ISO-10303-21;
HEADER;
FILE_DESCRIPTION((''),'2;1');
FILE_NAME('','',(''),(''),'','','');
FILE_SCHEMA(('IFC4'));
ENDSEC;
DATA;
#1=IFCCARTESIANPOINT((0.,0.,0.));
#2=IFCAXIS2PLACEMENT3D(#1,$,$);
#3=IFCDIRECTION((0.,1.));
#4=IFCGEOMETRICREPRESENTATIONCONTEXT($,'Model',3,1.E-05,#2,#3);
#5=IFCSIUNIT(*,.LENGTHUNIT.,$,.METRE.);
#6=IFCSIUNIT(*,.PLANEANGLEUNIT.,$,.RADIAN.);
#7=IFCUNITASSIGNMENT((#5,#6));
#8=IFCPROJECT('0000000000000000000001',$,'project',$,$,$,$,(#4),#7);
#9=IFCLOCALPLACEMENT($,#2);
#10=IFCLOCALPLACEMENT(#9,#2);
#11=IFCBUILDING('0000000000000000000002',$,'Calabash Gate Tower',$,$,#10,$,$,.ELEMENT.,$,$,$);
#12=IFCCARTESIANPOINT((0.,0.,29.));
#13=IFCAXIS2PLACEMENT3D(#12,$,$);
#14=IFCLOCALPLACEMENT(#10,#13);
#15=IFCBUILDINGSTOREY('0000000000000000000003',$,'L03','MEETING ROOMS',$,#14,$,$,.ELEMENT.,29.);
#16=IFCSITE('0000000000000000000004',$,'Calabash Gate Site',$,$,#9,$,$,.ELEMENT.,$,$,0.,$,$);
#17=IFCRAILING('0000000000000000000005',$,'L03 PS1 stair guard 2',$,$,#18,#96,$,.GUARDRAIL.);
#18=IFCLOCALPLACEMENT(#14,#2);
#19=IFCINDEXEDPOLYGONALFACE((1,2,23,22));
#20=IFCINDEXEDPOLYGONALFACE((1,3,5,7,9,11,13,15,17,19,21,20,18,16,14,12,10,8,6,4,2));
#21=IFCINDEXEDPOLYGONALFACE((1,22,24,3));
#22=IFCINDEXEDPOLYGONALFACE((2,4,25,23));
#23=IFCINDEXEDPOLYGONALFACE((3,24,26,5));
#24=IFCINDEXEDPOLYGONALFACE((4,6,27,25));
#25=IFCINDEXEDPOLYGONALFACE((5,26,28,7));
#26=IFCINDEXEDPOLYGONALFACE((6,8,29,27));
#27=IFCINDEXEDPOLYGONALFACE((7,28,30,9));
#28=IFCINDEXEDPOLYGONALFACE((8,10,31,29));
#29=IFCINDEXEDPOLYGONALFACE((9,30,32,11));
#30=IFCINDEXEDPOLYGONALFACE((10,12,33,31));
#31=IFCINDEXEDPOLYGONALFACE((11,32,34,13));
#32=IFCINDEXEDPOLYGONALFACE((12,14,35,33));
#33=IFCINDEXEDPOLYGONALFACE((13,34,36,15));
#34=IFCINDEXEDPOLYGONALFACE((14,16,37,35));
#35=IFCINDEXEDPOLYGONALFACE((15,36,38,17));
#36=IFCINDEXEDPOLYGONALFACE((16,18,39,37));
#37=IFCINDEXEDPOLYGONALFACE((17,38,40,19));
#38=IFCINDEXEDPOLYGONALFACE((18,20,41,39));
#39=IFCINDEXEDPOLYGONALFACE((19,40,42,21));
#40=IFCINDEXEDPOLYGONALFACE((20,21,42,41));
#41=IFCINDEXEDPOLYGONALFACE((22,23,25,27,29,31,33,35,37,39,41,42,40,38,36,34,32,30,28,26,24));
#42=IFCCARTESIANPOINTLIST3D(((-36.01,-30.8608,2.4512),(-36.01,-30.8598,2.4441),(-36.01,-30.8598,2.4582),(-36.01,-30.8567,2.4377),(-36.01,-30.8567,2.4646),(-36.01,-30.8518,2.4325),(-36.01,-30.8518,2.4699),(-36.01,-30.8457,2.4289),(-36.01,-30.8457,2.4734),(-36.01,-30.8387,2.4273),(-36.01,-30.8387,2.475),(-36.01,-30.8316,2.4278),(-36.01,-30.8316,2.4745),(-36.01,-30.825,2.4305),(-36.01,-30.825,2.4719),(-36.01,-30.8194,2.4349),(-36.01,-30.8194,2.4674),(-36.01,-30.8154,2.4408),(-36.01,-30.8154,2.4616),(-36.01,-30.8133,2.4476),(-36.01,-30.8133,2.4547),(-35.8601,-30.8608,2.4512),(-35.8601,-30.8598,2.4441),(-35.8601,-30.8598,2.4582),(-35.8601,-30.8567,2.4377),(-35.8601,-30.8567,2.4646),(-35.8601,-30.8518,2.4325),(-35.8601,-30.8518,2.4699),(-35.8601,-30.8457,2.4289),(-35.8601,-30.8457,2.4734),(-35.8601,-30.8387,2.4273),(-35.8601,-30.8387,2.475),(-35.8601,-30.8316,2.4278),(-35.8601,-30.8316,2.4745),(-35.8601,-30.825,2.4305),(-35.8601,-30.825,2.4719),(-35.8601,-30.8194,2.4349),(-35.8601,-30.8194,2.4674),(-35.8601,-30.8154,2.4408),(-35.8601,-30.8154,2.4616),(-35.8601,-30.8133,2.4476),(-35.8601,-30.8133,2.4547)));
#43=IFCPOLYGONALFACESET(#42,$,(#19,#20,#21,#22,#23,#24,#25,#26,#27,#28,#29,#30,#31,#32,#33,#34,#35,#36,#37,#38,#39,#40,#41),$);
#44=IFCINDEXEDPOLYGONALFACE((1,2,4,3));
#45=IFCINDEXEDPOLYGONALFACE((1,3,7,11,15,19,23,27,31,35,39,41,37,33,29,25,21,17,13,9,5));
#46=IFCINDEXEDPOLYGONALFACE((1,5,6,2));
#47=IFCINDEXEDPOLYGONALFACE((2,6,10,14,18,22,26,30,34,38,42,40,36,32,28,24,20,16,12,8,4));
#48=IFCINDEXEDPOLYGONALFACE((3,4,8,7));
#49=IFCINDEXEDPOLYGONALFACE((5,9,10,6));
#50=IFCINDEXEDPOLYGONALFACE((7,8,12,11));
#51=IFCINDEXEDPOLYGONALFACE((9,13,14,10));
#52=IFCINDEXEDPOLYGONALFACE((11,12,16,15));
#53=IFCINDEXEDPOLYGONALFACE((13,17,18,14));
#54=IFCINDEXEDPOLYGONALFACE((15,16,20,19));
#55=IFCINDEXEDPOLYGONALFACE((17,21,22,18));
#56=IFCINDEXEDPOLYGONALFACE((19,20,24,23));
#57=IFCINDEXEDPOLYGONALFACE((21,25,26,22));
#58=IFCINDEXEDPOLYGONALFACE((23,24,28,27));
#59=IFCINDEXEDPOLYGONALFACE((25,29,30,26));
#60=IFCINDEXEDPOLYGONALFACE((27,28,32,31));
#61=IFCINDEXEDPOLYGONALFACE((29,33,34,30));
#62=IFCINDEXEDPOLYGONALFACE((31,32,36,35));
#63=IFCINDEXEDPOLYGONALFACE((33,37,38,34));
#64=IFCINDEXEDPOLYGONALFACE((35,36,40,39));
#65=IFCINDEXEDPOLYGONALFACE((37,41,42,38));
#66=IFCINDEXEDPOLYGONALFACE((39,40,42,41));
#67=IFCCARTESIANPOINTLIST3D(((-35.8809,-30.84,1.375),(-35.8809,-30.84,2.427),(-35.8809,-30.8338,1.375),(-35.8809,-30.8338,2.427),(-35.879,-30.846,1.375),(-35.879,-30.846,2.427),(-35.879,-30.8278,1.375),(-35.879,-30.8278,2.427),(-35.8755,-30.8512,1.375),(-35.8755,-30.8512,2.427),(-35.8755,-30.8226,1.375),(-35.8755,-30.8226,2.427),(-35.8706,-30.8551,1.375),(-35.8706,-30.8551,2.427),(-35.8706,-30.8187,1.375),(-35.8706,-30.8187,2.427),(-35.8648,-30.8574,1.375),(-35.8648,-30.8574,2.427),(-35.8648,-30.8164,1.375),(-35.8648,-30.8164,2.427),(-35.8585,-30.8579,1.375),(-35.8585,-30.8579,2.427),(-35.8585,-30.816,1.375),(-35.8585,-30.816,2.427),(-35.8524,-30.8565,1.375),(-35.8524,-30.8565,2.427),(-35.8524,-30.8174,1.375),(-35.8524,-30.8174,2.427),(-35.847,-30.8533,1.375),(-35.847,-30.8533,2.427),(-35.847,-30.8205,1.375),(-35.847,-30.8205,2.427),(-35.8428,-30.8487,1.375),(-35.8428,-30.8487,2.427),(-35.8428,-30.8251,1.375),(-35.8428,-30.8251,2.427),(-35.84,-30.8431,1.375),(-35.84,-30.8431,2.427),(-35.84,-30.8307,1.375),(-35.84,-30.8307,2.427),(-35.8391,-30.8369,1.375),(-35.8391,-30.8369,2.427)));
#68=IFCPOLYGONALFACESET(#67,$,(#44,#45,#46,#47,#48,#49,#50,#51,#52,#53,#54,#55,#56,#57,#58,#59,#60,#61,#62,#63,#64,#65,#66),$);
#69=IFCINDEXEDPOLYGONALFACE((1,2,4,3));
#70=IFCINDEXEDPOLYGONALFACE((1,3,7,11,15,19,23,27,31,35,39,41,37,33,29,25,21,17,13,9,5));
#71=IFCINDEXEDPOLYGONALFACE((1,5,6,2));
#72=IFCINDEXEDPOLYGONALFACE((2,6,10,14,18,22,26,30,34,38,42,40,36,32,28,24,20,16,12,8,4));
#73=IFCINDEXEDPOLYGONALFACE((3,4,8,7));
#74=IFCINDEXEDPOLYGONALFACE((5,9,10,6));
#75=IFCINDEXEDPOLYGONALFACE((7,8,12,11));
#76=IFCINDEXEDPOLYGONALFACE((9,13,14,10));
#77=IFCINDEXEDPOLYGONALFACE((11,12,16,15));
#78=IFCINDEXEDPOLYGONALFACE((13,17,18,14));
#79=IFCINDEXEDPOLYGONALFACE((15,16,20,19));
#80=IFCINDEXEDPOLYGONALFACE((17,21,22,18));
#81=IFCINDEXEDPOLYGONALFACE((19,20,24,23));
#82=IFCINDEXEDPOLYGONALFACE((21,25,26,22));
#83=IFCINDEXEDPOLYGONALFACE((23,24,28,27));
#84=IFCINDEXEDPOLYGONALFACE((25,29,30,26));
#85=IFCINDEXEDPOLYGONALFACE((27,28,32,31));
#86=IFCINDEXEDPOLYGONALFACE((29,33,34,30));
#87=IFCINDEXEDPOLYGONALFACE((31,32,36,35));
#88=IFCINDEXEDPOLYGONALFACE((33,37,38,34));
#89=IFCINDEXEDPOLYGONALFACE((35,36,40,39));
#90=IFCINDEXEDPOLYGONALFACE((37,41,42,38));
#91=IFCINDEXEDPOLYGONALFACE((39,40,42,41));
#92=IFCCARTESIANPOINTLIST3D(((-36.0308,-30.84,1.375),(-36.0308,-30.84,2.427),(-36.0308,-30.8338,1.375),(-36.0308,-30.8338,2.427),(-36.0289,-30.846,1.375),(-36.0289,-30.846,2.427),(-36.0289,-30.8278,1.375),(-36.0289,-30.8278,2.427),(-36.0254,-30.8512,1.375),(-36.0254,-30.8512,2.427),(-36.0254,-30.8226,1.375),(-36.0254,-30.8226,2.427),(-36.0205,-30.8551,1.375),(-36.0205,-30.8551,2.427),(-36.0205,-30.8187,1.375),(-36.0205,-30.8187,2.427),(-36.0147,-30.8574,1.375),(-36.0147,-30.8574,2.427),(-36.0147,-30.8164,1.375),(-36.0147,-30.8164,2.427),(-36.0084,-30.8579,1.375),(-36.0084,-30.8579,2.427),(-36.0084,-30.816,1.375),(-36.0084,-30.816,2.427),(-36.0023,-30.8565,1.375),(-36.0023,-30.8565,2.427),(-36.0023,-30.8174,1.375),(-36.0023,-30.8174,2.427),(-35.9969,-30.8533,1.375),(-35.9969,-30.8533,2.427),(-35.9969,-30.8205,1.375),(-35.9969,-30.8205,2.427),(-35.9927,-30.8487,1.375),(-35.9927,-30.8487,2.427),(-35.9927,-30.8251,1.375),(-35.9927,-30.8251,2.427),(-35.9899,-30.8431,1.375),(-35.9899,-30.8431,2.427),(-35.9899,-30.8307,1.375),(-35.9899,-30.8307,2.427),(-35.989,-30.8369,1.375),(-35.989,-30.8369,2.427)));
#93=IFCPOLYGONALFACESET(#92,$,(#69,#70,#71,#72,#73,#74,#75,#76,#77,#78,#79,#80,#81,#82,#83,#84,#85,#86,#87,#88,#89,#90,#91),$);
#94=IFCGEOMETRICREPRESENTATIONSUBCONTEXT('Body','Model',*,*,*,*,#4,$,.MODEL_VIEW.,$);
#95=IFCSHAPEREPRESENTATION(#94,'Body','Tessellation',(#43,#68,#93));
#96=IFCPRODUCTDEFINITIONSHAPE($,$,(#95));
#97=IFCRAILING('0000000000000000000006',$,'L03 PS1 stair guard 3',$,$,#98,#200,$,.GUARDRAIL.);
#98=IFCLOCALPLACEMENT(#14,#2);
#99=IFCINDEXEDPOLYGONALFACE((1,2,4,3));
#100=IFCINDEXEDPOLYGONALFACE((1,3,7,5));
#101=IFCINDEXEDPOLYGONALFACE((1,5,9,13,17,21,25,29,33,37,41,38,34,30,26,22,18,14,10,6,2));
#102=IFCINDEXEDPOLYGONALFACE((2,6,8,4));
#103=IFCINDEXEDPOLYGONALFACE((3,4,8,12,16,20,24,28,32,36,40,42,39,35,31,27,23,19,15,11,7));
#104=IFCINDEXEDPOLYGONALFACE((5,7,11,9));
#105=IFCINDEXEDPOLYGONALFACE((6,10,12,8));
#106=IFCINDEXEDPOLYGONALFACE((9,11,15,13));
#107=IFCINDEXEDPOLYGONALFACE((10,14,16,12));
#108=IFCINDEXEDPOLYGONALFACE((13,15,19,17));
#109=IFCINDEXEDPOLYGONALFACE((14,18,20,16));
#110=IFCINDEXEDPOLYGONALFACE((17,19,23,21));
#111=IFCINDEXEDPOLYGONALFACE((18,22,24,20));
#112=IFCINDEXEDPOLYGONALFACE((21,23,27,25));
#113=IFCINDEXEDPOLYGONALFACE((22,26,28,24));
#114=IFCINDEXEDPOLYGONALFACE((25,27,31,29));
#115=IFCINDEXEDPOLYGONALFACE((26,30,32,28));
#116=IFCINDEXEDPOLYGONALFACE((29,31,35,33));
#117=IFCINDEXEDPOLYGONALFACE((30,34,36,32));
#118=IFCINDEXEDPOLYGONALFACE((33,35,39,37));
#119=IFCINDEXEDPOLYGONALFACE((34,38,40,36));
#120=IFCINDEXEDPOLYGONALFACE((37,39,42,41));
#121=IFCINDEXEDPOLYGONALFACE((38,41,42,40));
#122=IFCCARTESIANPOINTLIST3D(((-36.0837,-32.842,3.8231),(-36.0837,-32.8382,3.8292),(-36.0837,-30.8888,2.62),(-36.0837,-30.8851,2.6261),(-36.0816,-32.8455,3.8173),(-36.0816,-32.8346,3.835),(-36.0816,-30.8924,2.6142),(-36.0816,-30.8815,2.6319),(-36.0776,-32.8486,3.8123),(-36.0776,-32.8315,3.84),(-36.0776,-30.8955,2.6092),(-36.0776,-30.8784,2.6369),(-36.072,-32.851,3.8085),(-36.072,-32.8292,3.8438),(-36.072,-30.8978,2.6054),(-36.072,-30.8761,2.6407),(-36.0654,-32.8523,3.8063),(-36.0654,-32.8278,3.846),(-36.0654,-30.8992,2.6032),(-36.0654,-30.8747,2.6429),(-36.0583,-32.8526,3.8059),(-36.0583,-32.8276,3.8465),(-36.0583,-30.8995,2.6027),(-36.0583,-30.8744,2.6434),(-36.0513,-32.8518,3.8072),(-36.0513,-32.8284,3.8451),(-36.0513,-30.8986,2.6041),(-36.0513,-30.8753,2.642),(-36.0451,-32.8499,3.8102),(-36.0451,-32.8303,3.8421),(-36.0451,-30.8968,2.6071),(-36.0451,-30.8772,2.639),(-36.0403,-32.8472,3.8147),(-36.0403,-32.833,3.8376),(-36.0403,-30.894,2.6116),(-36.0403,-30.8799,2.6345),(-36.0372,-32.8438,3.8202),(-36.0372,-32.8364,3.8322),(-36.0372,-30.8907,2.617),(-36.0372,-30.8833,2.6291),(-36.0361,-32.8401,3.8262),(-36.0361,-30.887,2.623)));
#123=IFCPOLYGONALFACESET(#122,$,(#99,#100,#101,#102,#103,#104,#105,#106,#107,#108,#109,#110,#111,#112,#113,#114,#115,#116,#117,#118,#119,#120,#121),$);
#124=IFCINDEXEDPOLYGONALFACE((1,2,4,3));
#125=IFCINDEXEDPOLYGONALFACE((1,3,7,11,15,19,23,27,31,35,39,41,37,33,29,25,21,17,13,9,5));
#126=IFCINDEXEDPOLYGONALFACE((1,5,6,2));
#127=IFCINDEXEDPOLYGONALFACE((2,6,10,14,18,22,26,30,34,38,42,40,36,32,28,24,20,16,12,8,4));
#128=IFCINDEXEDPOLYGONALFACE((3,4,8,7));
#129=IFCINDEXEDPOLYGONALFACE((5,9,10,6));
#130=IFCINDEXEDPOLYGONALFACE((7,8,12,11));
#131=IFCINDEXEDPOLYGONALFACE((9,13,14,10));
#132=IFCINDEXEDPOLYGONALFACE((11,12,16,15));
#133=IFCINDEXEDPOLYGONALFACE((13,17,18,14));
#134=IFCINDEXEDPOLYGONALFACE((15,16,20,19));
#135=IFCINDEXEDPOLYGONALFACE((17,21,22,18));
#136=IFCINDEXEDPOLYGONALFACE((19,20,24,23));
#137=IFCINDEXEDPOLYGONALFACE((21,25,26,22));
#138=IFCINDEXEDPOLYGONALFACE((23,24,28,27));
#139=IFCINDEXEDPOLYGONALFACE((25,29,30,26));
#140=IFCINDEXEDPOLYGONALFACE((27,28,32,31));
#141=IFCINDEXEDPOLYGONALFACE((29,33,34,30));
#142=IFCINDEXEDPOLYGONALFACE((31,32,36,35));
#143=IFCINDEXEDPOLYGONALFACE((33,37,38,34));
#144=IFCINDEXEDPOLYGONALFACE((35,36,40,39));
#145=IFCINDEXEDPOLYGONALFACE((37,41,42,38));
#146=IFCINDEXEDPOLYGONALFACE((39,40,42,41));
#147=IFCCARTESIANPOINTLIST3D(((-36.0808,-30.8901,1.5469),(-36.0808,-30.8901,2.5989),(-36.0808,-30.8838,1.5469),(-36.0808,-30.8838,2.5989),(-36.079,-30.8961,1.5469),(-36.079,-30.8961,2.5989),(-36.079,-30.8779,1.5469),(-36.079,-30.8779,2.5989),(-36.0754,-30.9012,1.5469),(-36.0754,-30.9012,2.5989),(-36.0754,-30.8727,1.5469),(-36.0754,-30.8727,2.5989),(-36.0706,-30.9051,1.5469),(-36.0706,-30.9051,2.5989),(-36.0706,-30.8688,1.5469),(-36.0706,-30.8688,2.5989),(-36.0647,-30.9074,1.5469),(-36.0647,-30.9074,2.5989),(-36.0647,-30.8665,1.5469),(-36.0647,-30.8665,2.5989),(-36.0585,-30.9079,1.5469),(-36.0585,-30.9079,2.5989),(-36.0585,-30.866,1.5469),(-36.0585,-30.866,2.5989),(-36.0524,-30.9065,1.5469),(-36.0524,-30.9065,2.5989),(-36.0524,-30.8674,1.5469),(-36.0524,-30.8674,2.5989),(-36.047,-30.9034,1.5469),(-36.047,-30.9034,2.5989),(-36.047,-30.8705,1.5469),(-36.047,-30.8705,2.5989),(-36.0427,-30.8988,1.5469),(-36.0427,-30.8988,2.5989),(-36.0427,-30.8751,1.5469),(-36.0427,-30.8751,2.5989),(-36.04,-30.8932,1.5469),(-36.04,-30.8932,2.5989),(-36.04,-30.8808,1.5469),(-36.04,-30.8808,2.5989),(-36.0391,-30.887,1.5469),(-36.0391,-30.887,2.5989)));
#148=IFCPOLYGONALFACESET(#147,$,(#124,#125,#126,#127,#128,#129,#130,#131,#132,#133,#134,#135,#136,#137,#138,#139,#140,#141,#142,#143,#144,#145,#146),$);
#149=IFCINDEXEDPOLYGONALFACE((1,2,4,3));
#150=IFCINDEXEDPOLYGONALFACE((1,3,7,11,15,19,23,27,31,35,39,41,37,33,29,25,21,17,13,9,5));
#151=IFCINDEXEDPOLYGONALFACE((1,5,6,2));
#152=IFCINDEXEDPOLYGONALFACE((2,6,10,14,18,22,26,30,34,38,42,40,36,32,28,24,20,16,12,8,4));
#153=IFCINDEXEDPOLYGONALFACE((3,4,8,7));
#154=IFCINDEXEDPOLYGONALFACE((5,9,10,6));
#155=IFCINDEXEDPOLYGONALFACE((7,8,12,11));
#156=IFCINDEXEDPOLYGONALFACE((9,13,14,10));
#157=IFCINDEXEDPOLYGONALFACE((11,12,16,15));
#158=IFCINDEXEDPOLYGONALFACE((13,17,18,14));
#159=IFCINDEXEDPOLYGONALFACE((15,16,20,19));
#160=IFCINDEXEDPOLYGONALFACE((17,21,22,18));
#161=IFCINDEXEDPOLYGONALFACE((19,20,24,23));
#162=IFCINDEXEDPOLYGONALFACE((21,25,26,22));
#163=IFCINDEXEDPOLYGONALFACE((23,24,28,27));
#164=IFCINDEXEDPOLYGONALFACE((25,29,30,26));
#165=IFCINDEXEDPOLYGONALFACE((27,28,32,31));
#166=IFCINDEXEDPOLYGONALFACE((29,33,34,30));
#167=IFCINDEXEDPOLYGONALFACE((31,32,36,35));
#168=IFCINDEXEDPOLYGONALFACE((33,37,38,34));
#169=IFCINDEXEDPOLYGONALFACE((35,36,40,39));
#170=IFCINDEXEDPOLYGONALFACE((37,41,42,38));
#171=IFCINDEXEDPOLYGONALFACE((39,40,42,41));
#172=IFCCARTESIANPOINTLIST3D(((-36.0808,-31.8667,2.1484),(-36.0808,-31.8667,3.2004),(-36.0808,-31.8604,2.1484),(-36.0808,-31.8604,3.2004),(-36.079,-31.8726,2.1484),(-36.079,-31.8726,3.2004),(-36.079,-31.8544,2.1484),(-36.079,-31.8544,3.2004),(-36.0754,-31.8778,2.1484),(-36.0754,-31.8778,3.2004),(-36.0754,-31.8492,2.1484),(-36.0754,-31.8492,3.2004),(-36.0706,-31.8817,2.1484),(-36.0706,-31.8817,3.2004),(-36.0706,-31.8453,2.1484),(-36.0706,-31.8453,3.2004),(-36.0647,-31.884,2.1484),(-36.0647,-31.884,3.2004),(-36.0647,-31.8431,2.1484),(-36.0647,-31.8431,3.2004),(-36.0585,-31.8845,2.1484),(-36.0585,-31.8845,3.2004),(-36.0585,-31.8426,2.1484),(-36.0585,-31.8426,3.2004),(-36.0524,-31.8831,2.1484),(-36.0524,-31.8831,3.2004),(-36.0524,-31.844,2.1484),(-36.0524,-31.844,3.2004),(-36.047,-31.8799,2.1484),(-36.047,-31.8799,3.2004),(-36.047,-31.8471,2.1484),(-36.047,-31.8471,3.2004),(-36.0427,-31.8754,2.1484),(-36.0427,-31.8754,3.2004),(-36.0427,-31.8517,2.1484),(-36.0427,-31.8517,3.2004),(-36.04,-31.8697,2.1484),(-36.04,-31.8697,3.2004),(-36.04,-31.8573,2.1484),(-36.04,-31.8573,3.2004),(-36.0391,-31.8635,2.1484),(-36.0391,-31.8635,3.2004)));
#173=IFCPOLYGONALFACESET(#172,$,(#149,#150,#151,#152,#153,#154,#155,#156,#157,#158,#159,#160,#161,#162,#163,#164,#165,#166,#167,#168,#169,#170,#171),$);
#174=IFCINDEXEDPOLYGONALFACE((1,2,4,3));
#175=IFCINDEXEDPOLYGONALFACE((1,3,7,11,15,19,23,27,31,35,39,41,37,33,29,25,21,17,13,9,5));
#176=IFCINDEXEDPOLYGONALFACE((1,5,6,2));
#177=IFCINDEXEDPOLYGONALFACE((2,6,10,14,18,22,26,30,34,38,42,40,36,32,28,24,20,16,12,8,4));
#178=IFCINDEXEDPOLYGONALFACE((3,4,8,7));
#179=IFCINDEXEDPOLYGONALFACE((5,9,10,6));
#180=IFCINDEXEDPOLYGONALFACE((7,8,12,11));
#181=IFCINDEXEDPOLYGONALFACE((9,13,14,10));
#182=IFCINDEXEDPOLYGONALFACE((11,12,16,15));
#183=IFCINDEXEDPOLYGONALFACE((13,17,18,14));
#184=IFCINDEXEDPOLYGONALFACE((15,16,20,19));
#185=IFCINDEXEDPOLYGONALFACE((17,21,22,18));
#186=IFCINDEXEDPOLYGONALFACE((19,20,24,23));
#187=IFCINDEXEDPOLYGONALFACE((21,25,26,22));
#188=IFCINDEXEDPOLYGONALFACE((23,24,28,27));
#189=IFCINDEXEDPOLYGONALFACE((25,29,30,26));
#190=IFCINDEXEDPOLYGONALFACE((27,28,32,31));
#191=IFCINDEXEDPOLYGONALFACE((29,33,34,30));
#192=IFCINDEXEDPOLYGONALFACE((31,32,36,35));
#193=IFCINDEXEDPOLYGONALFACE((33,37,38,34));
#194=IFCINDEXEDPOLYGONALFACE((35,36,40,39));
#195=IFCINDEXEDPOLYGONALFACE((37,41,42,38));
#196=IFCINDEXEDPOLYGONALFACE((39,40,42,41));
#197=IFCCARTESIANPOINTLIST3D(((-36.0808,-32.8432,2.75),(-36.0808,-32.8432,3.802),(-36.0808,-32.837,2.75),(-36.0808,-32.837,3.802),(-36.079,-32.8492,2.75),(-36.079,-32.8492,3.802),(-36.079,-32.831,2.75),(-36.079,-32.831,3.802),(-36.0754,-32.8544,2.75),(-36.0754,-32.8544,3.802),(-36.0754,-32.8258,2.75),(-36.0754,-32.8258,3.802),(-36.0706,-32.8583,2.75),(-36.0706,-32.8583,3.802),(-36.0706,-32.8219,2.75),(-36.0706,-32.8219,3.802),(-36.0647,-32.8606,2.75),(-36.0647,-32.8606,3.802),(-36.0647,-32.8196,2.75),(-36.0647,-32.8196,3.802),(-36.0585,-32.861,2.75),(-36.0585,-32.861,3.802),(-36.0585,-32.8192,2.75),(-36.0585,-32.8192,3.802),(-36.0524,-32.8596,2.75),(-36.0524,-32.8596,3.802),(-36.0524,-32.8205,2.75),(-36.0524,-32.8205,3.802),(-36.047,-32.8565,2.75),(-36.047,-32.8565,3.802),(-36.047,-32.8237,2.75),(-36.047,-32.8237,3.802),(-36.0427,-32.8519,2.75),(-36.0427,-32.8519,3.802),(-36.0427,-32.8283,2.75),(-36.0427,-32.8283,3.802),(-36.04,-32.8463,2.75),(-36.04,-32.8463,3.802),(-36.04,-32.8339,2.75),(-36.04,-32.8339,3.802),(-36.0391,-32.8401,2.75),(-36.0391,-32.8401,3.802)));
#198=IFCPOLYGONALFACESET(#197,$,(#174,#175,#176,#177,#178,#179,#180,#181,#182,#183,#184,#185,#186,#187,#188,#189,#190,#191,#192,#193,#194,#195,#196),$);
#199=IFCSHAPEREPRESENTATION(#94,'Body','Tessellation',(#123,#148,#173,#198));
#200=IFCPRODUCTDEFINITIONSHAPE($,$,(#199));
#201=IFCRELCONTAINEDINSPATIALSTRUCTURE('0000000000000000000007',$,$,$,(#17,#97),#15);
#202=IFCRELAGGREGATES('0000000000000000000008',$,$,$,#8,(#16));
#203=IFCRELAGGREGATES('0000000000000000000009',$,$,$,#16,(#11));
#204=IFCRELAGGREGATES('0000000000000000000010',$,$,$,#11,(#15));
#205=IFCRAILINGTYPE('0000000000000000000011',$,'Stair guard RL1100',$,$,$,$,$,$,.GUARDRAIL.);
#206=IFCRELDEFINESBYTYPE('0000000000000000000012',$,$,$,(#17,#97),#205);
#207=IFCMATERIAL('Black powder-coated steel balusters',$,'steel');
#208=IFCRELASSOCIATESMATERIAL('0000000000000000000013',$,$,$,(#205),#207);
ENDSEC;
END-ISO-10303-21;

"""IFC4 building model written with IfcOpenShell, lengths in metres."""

from ifc_helpers import new_model, si_unit, direction, frame, origin, origin_2d, place, context, subcontext, project, spatial, circle, extrude, material, type_object, element, save


model = new_model("IFC4")

# Units and contexts
model_context = context("Model", 3, precision=1e-05, world=origin(), true_north=direction((0.0, 1.0)))
body_context = subcontext(model_context, "Body", "Model", "MODEL_VIEW")
ifc_project = project(units=[si_unit("LENGTHUNIT", "METRE"), si_unit("PLANEANGLEUNIT", "RADIAN")], contexts=[model_context])

# Site, building, storey
site_placement = place(None, origin())
site = spatial("IfcSite", under=ifc_project, at=site_placement, Name="Calabash Gate Site", CompositionType="ELEMENT", RefElevation=0.0)
building_placement = place(site_placement, origin())
building = spatial("IfcBuilding", under=site, at=building_placement, Name="Calabash Gate Tower", CompositionType="ELEMENT")
storey_placement = place(building_placement, frame((0.0, 0.0, 29.0)))
storey = spatial("IfcBuildingStorey", under=building, at=storey_placement, Name="L03", Description="MEETING ROOMS", CompositionType="ELEMENT", Elevation=29.0)

# Railings
ifc_material_1 = material(Name="Black powder-coated steel balusters", Category="steel")
railing_type_1 = type_object("IfcRailingType", Name="Stair guard RL1100", PredefinedType="GUARDRAIL", material=ifc_material_1)
railing_1_placement = place(storey_placement, frame((-35.8601, -30.8369, 1.375)))
element("IfcRailing", 1, at=railing_1_placement, inside=storey, type_object=railing_type_1, Name="L03 PS1 stair guard 2", PredefinedType="GUARDRAIL", context=body_context, shape_type="SweptSolid", body=[
    extrude(circle(Radius=0.0239, at=origin_2d()), frame((0.0, 0.0, 1.0762), z_axis=(-1.0, 0.0, 0.0), x_axis=(0.0, -1.0, 0.0)), (0.0, 0.0, 1.0), 0.1499),
    extrude(circle(Radius=0.021, at=origin_2d()), origin(), (0.0, 0.0, 1.0), 1.052),
    extrude(circle(Radius=0.021, at=origin_2d()), frame((-0.1499, 0.0, 0.0)), (0.0, 0.0, 1.0), 1.052),
])
railing_2_placement = place(storey_placement, frame((-36.0601, -30.887, 1.5469)))
element("IfcRailing", 2, at=railing_2_placement, inside=storey, type_object=railing_type_1, Name="L03 PS1 stair guard 3", PredefinedType="GUARDRAIL", context=body_context, shape_type="SweptSolid", body=[
    extrude(circle(Radius=0.0239, at=origin_2d()), frame((0.0, 0.0, 1.0762), z_axis=(0.0, -0.851424, 0.524477), x_axis=(1.0, 0.0, 0.0)), (0.0, 0.0, 1.0), 2.2939),
    extrude(circle(Radius=0.021, at=origin_2d()), origin(), (0.0, 0.0, 1.0), 1.052),
    extrude(circle(Radius=0.021, at=origin_2d()), frame((0.0, -0.9766, 0.6016)), (0.0, 0.0, 1.0), 1.052),
    extrude(circle(Radius=0.021, at=origin_2d()), frame((0.0, -1.9531, 1.2031)), (0.0, 0.0, 1.0), 1.052),
])

save(model, "model.ifc")
